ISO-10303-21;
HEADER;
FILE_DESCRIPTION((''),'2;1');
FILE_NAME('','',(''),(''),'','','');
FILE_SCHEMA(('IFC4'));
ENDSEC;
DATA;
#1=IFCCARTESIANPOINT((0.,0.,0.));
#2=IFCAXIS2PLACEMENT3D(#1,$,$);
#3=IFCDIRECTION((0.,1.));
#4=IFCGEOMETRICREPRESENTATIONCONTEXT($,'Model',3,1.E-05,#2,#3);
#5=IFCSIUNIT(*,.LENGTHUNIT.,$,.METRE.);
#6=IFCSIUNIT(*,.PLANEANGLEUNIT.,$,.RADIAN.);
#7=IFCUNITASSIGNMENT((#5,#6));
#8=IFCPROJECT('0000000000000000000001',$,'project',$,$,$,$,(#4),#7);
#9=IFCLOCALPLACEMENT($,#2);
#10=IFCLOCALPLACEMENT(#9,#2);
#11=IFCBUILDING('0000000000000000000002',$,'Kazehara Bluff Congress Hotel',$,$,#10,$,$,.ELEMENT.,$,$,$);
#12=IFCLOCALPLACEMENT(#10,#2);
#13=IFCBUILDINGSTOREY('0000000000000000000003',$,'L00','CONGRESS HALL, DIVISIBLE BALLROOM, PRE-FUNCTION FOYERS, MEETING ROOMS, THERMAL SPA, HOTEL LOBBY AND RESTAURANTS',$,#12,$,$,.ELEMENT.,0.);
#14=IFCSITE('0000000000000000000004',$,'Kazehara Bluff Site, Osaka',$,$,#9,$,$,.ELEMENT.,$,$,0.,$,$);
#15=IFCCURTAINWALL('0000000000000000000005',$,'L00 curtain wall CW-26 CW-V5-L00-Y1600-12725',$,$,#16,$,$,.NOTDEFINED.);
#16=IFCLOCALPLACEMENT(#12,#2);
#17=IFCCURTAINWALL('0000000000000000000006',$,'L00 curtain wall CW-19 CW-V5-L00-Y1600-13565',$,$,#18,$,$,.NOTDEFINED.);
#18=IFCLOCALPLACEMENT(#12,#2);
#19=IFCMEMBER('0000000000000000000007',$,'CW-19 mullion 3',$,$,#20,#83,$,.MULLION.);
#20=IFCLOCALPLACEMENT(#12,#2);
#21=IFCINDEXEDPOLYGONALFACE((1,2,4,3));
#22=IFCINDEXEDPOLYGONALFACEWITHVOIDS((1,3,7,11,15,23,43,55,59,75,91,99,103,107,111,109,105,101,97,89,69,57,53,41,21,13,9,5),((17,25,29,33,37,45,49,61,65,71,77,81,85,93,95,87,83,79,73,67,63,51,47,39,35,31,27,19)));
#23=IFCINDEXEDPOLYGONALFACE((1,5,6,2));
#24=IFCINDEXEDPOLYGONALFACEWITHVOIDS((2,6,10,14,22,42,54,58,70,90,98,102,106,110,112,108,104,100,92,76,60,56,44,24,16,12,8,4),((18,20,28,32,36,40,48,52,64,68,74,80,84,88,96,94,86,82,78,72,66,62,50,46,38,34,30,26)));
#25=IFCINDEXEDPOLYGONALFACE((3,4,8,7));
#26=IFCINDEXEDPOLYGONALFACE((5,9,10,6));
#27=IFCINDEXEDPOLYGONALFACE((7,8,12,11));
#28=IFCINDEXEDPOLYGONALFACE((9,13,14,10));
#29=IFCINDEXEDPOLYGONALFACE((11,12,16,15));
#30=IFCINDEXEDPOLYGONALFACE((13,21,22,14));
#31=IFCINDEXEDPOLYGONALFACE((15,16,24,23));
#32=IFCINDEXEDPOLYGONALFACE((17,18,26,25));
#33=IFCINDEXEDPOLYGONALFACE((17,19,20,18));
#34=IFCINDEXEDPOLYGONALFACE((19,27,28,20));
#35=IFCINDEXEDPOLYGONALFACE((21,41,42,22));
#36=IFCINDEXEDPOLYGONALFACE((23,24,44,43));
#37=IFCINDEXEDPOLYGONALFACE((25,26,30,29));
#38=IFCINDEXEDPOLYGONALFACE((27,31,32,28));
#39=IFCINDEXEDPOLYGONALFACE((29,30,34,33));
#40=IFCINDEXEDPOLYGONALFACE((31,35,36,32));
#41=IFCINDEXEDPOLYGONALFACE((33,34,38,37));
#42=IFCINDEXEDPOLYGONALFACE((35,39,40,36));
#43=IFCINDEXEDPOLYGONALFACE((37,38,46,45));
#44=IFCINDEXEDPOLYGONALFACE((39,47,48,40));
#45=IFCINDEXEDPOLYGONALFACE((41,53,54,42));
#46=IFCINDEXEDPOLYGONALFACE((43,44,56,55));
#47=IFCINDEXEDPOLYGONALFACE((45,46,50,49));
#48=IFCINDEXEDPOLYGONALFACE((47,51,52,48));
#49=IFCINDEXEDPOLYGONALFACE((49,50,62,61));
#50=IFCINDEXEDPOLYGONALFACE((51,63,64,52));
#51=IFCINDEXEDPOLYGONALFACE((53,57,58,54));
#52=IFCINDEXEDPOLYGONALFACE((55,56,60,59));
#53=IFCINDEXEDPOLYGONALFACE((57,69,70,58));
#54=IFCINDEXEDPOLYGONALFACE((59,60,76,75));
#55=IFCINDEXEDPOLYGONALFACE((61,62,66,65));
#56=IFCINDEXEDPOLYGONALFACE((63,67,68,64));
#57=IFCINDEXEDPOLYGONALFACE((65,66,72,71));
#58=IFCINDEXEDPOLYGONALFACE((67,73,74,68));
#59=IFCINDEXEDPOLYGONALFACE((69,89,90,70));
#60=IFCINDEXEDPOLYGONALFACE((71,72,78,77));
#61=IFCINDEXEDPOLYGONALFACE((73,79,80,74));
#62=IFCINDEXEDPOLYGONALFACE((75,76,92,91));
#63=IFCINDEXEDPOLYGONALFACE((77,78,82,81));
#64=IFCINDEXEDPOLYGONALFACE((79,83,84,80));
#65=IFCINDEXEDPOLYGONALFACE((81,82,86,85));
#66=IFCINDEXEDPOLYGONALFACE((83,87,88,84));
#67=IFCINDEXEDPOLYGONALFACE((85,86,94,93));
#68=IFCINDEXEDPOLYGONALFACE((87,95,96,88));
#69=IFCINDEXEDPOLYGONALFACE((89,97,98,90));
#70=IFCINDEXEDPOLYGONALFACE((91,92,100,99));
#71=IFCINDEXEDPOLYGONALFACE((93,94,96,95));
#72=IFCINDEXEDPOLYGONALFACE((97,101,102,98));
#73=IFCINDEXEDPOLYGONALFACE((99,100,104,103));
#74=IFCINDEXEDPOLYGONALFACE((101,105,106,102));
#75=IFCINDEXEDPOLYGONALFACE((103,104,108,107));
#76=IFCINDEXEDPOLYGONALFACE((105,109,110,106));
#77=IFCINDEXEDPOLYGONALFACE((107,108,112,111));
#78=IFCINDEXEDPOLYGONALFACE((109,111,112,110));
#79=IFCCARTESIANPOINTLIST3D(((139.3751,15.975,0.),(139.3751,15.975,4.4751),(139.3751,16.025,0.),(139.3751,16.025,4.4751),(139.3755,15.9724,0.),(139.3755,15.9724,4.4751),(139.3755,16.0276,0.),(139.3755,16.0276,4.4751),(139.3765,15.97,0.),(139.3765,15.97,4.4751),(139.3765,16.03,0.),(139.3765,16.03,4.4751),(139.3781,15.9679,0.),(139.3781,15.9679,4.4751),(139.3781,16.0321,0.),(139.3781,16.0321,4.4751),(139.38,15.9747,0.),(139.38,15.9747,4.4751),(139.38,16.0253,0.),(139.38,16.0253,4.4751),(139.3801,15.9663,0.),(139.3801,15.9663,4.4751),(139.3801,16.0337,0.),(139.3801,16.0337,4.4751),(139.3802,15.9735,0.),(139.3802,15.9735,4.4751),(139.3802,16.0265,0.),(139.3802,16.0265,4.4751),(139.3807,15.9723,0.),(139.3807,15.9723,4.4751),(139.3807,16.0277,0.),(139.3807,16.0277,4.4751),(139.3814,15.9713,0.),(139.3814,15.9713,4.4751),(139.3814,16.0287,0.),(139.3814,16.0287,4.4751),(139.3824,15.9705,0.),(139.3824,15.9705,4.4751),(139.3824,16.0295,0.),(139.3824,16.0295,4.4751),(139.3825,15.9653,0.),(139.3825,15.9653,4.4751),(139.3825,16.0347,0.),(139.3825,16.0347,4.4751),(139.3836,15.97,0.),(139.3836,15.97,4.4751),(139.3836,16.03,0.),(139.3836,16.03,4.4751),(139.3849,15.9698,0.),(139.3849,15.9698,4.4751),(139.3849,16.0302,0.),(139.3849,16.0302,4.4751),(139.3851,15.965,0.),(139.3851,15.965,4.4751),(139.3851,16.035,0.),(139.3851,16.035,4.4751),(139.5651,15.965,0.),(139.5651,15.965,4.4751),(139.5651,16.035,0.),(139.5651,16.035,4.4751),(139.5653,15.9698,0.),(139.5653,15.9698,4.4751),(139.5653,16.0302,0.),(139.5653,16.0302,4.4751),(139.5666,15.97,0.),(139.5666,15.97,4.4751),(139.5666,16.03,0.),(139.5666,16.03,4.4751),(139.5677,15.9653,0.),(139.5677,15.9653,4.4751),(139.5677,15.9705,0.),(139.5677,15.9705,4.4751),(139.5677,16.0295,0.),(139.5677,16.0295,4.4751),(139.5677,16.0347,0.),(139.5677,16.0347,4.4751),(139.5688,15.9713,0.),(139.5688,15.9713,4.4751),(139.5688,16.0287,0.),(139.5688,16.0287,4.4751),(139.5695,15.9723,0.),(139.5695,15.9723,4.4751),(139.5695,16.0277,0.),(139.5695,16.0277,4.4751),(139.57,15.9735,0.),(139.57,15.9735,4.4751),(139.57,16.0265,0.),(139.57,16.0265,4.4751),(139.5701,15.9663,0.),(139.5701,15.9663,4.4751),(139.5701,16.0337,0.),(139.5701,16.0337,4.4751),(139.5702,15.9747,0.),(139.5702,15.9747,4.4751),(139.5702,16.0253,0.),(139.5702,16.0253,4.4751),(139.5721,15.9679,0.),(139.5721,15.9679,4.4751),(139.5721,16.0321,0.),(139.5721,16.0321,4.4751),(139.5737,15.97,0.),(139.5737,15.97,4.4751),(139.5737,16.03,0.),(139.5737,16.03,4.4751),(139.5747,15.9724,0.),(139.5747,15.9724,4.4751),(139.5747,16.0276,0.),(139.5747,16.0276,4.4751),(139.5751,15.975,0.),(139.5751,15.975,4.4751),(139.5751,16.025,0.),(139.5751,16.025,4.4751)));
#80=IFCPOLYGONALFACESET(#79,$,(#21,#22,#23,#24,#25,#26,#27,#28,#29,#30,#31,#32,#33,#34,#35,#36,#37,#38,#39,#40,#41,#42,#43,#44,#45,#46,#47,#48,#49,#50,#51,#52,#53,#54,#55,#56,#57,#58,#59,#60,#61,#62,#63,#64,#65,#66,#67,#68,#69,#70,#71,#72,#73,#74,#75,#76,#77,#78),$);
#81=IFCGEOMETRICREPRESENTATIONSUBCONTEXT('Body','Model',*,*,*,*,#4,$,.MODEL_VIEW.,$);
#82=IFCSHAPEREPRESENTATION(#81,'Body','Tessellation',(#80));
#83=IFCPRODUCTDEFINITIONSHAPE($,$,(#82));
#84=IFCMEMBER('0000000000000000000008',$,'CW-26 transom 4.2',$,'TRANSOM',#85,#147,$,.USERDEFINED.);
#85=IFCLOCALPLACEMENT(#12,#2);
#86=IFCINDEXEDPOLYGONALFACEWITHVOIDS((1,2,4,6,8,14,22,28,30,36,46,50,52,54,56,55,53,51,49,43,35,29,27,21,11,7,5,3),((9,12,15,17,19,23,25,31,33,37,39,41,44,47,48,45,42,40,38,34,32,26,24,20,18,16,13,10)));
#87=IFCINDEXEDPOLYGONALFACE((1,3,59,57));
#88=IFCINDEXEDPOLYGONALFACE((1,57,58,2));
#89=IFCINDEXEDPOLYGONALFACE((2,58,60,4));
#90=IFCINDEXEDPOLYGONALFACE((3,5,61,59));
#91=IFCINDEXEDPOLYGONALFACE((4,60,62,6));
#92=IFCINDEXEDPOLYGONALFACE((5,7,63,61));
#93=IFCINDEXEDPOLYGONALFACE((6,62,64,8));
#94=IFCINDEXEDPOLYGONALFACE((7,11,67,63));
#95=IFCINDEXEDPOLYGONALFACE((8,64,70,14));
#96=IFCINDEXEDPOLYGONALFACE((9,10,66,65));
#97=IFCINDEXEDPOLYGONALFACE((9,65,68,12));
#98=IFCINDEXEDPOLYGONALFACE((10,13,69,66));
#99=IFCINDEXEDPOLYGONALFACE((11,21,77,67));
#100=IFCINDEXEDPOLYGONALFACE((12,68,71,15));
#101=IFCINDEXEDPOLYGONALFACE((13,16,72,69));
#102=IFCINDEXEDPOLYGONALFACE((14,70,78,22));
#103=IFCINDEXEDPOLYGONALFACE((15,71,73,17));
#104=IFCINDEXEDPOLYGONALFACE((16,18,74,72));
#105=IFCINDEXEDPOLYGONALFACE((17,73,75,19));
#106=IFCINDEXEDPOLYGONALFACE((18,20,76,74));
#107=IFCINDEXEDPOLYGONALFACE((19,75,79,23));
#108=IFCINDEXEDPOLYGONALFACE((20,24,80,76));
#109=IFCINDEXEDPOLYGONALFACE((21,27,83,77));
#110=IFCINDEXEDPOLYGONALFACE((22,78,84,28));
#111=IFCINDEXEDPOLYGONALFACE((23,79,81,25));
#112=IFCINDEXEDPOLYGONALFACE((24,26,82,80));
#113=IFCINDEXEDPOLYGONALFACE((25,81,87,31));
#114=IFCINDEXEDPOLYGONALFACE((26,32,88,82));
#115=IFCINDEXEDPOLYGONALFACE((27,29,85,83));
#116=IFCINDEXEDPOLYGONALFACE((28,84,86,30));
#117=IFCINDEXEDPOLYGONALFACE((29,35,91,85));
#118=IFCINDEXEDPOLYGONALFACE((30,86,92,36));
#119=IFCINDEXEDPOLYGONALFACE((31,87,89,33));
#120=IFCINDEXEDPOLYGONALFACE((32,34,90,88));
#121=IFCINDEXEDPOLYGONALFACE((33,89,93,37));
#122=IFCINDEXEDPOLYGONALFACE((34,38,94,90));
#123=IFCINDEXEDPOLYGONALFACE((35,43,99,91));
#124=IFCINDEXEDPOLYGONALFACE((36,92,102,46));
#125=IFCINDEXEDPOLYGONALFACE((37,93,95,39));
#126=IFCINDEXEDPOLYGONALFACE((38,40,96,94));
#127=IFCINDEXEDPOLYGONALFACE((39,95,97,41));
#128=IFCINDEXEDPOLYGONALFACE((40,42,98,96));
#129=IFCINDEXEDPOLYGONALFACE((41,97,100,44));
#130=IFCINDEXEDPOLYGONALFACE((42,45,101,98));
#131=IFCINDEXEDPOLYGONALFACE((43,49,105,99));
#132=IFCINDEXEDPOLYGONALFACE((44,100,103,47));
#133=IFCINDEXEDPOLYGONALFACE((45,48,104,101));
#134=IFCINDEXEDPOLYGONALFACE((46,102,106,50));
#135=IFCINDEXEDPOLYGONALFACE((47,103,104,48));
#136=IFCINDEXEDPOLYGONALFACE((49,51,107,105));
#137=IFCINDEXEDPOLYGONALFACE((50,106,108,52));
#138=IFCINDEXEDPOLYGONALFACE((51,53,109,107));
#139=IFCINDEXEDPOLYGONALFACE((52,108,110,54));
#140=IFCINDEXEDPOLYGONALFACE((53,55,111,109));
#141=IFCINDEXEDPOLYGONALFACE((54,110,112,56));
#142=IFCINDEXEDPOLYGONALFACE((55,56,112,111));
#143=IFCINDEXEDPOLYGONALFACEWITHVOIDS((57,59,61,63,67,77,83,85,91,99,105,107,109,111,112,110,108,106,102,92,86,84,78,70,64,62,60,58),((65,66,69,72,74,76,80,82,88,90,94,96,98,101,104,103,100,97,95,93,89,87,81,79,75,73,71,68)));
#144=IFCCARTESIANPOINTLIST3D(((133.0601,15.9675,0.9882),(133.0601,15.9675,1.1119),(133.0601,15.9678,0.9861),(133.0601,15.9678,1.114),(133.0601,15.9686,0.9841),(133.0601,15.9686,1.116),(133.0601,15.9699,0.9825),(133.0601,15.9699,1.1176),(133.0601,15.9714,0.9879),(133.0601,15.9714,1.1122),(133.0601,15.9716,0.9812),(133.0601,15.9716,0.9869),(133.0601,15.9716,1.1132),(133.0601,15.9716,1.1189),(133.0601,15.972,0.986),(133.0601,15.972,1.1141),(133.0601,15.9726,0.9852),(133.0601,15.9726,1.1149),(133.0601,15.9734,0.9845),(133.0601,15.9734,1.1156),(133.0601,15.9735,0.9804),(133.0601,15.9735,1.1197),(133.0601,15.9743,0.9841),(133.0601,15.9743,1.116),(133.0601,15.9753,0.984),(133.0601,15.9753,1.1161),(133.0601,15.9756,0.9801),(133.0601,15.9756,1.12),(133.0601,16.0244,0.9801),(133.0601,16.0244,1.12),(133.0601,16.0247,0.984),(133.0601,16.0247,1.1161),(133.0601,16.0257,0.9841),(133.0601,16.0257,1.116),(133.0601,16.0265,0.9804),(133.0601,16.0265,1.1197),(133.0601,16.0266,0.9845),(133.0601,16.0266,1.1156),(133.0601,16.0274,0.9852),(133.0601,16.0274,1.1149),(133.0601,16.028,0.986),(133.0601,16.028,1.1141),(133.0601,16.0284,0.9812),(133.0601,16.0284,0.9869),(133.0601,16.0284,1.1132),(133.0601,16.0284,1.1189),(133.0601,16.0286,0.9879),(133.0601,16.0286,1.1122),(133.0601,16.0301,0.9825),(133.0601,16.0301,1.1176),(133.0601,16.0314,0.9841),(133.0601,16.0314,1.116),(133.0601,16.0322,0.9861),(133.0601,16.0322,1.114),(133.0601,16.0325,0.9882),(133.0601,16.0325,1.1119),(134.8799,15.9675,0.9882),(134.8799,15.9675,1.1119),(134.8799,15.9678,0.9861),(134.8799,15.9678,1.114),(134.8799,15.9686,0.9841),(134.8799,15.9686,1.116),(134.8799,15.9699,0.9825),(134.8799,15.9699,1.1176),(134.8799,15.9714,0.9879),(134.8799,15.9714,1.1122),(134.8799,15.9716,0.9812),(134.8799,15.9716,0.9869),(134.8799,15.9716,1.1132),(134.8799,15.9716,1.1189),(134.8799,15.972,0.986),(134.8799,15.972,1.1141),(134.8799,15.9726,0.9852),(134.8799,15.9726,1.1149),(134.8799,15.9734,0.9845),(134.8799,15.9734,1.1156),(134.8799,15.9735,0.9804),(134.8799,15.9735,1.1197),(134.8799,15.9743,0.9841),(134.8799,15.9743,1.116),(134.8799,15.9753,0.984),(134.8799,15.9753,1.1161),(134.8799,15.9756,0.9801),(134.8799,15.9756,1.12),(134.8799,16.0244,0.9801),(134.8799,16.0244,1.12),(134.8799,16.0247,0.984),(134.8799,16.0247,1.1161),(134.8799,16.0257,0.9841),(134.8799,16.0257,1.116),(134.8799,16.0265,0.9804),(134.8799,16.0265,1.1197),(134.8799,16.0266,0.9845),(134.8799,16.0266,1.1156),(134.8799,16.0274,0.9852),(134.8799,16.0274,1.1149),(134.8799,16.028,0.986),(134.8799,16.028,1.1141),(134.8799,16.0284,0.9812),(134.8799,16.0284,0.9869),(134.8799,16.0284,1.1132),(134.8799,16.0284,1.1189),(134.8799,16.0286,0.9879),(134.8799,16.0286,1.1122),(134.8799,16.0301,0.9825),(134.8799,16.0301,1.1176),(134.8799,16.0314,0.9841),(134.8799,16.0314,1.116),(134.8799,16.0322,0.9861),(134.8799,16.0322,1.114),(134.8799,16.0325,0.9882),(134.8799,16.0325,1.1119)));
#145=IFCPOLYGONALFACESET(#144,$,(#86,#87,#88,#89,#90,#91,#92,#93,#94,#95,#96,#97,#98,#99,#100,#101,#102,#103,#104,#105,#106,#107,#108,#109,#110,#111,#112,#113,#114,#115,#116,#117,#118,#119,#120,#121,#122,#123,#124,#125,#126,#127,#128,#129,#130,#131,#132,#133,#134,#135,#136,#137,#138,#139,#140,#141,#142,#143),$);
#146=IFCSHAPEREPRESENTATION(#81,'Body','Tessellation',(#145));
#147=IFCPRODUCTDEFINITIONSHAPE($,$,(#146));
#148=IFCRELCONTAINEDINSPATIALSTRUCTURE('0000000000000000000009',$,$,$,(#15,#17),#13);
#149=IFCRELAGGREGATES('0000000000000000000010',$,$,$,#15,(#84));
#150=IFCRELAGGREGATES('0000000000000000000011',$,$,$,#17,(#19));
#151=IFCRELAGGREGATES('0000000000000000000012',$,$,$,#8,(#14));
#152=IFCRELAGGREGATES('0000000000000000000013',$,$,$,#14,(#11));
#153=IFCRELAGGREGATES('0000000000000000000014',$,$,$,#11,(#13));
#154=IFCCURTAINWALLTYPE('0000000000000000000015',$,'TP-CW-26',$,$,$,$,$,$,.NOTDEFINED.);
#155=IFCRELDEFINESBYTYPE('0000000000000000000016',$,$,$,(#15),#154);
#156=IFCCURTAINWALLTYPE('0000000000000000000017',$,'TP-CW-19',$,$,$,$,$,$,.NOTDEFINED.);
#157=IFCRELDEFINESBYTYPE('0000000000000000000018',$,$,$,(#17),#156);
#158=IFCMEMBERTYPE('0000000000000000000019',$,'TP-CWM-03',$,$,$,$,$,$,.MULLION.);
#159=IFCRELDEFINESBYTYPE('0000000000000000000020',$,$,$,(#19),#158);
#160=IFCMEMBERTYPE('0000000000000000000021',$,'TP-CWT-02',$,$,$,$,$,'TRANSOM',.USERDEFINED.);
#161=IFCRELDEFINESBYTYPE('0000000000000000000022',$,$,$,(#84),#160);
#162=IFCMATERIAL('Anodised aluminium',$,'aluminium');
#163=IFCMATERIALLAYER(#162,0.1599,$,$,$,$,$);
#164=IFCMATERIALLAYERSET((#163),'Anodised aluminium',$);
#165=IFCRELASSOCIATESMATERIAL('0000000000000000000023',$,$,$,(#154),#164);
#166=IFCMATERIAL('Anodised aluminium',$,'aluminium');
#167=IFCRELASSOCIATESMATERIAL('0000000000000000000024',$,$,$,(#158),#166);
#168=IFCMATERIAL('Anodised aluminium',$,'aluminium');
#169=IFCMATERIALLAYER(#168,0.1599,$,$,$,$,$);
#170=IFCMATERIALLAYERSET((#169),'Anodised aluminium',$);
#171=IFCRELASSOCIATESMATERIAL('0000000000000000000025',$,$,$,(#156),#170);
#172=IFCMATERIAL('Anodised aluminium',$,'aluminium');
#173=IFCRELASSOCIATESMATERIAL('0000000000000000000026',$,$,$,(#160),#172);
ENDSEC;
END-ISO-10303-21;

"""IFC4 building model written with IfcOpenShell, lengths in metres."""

from ifc_helpers import new_model, si_unit, direction, frame, origin, origin_2d, place, context, subcontext, project, spatial, hollow_rectangle, extrude, material, layer, layer_set, material_profile, profile_set, type_object, element, aggregate, save


model = new_model("IFC4")

# Units and contexts
model_context = context("Model", 3, precision=1e-05, world=origin(), true_north=direction((0.0, 1.0)))
body_context = subcontext(model_context, "Body", "Model", "MODEL_VIEW")
ifc_project = project(units=[si_unit("LENGTHUNIT", "METRE"), si_unit("PLANEANGLEUNIT", "RADIAN")], contexts=[model_context])

# Site, building, storey
site_placement = place(None, origin())
site = spatial("IfcSite", under=ifc_project, at=site_placement, Name="Kazehara Bluff Site, Osaka", CompositionType="ELEMENT", RefElevation=0.0)
building_placement = place(site_placement, origin())
building = spatial("IfcBuilding", under=site, at=building_placement, Name="Kazehara Bluff Congress Hotel", CompositionType="ELEMENT")
storey_placement = place(building_placement, origin())
storey = spatial("IfcBuildingStorey", under=building, at=storey_placement, Name="L00", Description="CONGRESS HALL, DIVISIBLE BALLROOM, PRE-FUNCTION FOYERS, MEETING ROOMS, THERMAL SPA, HOTEL LOBBY AND RESTAURANTS", CompositionType="ELEMENT", Elevation=0.0)

# Curtain wall
ifc_material_1 = material(Name="Anodised aluminium", Category="aluminium")
ifc_layer_1 = layer(ifc_material_1, 0.1599)
ifc_layer_set_1 = layer_set([ifc_layer_1], Name="Anodised aluminium")
curtain_wall_type_1 = type_object("IfcCurtainWallType", Name="TP-CW-26", PredefinedType="NOTDEFINED", material=ifc_layer_set_1)
curtain_wall_1_placement = place(storey_placement, origin())
curtain_wall_1 = element("IfcCurtainWall", 1, at=curtain_wall_1_placement, inside=storey, type_object=curtain_wall_type_1, Name="L00 curtain wall CW-26 CW-V5-L00-Y1600-12725", PredefinedType="NOTDEFINED")
ifc_material_2 = material(Name="Anodised aluminium", Category="aluminium")
ifc_material_profile_1 = material_profile(ifc_material_2, hollow_rectangle(XDim=0.0701, YDim=0.2, WallThickness=0.0049, InnerFilletRadius=0.0049, OuterFilletRadius=0.01, at=origin_2d()))
ifc_profile_set_1 = profile_set([ifc_material_profile_1], Name="Anodised aluminium")
member_type_1 = type_object("IfcMemberType", Name="TP-CWM-03", PredefinedType="MULLION", material=ifc_profile_set_1)

# Curtain wall, member
ifc_material_3 = material(Name="Anodised aluminium", Category="aluminium")
ifc_layer_2 = layer(ifc_material_3, 0.1599)
ifc_layer_set_2 = layer_set([ifc_layer_2], Name="Anodised aluminium")
curtain_wall_type_2 = type_object("IfcCurtainWallType", Name="TP-CW-19", PredefinedType="NOTDEFINED", material=ifc_layer_set_2)
curtain_wall_2_placement = place(storey_placement, origin())
curtain_wall_2 = element("IfcCurtainWall", 2, at=curtain_wall_2_placement, inside=storey, type_object=curtain_wall_type_2, Name="L00 curtain wall CW-19 CW-V5-L00-Y1600-13565", PredefinedType="NOTDEFINED")
member_1_placement = place(storey_placement, frame((139.4751, 16.0, 0.0), z_axis=(0.0, 0.0, 1.0), x_axis=(0.0, 1.0, 0.0)))
member_1 = element("IfcMember", 3, at=member_1_placement, type_object=member_type_1, Name="CW-19 mullion 3", PredefinedType="MULLION", context=body_context, shape_type="SweptSolid", body=[
    extrude(hollow_rectangle(XDim=0.0701, YDim=0.2, WallThickness=0.0049, InnerFilletRadius=0.0049, OuterFilletRadius=0.01, at=origin_2d()), origin(), (0.0, 0.0, 1.0), 4.4751),
])

# Member
ifc_material_4 = material(Name="Anodised aluminium", Category="aluminium")
ifc_material_profile_2 = material_profile(ifc_material_4, hollow_rectangle(XDim=0.0649, YDim=0.1399, WallThickness=0.0039, InnerFilletRadius=0.0039, OuterFilletRadius=0.0081, at=origin_2d()))
ifc_profile_set_2 = profile_set([ifc_material_profile_2], Name="Anodised aluminium")
member_type_2 = type_object("IfcMemberType", Name="TP-CWT-02", ElementType="TRANSOM", PredefinedType="USERDEFINED", material=ifc_profile_set_2)
member_2_placement = place(storey_placement, frame((133.0601, 16.0, 1.05), z_axis=(1.0, 0.0, 0.0), x_axis=(0.0, 1.0, 0.0)))
member_2 = element("IfcMember", 4, at=member_2_placement, type_object=member_type_2, Name="CW-26 transom 4.2", ObjectType="TRANSOM", PredefinedType="USERDEFINED", context=body_context, shape_type="SweptSolid", body=[
    extrude(hollow_rectangle(XDim=0.0649, YDim=0.1399, WallThickness=0.0039, InnerFilletRadius=0.0039, OuterFilletRadius=0.0081, at=origin_2d()), origin(), (0.0, 0.0, 1.0), 1.8198),
])

aggregate(curtain_wall_1, [member_2])
aggregate(curtain_wall_2, [member_1])

save(model, "model.ifc")
